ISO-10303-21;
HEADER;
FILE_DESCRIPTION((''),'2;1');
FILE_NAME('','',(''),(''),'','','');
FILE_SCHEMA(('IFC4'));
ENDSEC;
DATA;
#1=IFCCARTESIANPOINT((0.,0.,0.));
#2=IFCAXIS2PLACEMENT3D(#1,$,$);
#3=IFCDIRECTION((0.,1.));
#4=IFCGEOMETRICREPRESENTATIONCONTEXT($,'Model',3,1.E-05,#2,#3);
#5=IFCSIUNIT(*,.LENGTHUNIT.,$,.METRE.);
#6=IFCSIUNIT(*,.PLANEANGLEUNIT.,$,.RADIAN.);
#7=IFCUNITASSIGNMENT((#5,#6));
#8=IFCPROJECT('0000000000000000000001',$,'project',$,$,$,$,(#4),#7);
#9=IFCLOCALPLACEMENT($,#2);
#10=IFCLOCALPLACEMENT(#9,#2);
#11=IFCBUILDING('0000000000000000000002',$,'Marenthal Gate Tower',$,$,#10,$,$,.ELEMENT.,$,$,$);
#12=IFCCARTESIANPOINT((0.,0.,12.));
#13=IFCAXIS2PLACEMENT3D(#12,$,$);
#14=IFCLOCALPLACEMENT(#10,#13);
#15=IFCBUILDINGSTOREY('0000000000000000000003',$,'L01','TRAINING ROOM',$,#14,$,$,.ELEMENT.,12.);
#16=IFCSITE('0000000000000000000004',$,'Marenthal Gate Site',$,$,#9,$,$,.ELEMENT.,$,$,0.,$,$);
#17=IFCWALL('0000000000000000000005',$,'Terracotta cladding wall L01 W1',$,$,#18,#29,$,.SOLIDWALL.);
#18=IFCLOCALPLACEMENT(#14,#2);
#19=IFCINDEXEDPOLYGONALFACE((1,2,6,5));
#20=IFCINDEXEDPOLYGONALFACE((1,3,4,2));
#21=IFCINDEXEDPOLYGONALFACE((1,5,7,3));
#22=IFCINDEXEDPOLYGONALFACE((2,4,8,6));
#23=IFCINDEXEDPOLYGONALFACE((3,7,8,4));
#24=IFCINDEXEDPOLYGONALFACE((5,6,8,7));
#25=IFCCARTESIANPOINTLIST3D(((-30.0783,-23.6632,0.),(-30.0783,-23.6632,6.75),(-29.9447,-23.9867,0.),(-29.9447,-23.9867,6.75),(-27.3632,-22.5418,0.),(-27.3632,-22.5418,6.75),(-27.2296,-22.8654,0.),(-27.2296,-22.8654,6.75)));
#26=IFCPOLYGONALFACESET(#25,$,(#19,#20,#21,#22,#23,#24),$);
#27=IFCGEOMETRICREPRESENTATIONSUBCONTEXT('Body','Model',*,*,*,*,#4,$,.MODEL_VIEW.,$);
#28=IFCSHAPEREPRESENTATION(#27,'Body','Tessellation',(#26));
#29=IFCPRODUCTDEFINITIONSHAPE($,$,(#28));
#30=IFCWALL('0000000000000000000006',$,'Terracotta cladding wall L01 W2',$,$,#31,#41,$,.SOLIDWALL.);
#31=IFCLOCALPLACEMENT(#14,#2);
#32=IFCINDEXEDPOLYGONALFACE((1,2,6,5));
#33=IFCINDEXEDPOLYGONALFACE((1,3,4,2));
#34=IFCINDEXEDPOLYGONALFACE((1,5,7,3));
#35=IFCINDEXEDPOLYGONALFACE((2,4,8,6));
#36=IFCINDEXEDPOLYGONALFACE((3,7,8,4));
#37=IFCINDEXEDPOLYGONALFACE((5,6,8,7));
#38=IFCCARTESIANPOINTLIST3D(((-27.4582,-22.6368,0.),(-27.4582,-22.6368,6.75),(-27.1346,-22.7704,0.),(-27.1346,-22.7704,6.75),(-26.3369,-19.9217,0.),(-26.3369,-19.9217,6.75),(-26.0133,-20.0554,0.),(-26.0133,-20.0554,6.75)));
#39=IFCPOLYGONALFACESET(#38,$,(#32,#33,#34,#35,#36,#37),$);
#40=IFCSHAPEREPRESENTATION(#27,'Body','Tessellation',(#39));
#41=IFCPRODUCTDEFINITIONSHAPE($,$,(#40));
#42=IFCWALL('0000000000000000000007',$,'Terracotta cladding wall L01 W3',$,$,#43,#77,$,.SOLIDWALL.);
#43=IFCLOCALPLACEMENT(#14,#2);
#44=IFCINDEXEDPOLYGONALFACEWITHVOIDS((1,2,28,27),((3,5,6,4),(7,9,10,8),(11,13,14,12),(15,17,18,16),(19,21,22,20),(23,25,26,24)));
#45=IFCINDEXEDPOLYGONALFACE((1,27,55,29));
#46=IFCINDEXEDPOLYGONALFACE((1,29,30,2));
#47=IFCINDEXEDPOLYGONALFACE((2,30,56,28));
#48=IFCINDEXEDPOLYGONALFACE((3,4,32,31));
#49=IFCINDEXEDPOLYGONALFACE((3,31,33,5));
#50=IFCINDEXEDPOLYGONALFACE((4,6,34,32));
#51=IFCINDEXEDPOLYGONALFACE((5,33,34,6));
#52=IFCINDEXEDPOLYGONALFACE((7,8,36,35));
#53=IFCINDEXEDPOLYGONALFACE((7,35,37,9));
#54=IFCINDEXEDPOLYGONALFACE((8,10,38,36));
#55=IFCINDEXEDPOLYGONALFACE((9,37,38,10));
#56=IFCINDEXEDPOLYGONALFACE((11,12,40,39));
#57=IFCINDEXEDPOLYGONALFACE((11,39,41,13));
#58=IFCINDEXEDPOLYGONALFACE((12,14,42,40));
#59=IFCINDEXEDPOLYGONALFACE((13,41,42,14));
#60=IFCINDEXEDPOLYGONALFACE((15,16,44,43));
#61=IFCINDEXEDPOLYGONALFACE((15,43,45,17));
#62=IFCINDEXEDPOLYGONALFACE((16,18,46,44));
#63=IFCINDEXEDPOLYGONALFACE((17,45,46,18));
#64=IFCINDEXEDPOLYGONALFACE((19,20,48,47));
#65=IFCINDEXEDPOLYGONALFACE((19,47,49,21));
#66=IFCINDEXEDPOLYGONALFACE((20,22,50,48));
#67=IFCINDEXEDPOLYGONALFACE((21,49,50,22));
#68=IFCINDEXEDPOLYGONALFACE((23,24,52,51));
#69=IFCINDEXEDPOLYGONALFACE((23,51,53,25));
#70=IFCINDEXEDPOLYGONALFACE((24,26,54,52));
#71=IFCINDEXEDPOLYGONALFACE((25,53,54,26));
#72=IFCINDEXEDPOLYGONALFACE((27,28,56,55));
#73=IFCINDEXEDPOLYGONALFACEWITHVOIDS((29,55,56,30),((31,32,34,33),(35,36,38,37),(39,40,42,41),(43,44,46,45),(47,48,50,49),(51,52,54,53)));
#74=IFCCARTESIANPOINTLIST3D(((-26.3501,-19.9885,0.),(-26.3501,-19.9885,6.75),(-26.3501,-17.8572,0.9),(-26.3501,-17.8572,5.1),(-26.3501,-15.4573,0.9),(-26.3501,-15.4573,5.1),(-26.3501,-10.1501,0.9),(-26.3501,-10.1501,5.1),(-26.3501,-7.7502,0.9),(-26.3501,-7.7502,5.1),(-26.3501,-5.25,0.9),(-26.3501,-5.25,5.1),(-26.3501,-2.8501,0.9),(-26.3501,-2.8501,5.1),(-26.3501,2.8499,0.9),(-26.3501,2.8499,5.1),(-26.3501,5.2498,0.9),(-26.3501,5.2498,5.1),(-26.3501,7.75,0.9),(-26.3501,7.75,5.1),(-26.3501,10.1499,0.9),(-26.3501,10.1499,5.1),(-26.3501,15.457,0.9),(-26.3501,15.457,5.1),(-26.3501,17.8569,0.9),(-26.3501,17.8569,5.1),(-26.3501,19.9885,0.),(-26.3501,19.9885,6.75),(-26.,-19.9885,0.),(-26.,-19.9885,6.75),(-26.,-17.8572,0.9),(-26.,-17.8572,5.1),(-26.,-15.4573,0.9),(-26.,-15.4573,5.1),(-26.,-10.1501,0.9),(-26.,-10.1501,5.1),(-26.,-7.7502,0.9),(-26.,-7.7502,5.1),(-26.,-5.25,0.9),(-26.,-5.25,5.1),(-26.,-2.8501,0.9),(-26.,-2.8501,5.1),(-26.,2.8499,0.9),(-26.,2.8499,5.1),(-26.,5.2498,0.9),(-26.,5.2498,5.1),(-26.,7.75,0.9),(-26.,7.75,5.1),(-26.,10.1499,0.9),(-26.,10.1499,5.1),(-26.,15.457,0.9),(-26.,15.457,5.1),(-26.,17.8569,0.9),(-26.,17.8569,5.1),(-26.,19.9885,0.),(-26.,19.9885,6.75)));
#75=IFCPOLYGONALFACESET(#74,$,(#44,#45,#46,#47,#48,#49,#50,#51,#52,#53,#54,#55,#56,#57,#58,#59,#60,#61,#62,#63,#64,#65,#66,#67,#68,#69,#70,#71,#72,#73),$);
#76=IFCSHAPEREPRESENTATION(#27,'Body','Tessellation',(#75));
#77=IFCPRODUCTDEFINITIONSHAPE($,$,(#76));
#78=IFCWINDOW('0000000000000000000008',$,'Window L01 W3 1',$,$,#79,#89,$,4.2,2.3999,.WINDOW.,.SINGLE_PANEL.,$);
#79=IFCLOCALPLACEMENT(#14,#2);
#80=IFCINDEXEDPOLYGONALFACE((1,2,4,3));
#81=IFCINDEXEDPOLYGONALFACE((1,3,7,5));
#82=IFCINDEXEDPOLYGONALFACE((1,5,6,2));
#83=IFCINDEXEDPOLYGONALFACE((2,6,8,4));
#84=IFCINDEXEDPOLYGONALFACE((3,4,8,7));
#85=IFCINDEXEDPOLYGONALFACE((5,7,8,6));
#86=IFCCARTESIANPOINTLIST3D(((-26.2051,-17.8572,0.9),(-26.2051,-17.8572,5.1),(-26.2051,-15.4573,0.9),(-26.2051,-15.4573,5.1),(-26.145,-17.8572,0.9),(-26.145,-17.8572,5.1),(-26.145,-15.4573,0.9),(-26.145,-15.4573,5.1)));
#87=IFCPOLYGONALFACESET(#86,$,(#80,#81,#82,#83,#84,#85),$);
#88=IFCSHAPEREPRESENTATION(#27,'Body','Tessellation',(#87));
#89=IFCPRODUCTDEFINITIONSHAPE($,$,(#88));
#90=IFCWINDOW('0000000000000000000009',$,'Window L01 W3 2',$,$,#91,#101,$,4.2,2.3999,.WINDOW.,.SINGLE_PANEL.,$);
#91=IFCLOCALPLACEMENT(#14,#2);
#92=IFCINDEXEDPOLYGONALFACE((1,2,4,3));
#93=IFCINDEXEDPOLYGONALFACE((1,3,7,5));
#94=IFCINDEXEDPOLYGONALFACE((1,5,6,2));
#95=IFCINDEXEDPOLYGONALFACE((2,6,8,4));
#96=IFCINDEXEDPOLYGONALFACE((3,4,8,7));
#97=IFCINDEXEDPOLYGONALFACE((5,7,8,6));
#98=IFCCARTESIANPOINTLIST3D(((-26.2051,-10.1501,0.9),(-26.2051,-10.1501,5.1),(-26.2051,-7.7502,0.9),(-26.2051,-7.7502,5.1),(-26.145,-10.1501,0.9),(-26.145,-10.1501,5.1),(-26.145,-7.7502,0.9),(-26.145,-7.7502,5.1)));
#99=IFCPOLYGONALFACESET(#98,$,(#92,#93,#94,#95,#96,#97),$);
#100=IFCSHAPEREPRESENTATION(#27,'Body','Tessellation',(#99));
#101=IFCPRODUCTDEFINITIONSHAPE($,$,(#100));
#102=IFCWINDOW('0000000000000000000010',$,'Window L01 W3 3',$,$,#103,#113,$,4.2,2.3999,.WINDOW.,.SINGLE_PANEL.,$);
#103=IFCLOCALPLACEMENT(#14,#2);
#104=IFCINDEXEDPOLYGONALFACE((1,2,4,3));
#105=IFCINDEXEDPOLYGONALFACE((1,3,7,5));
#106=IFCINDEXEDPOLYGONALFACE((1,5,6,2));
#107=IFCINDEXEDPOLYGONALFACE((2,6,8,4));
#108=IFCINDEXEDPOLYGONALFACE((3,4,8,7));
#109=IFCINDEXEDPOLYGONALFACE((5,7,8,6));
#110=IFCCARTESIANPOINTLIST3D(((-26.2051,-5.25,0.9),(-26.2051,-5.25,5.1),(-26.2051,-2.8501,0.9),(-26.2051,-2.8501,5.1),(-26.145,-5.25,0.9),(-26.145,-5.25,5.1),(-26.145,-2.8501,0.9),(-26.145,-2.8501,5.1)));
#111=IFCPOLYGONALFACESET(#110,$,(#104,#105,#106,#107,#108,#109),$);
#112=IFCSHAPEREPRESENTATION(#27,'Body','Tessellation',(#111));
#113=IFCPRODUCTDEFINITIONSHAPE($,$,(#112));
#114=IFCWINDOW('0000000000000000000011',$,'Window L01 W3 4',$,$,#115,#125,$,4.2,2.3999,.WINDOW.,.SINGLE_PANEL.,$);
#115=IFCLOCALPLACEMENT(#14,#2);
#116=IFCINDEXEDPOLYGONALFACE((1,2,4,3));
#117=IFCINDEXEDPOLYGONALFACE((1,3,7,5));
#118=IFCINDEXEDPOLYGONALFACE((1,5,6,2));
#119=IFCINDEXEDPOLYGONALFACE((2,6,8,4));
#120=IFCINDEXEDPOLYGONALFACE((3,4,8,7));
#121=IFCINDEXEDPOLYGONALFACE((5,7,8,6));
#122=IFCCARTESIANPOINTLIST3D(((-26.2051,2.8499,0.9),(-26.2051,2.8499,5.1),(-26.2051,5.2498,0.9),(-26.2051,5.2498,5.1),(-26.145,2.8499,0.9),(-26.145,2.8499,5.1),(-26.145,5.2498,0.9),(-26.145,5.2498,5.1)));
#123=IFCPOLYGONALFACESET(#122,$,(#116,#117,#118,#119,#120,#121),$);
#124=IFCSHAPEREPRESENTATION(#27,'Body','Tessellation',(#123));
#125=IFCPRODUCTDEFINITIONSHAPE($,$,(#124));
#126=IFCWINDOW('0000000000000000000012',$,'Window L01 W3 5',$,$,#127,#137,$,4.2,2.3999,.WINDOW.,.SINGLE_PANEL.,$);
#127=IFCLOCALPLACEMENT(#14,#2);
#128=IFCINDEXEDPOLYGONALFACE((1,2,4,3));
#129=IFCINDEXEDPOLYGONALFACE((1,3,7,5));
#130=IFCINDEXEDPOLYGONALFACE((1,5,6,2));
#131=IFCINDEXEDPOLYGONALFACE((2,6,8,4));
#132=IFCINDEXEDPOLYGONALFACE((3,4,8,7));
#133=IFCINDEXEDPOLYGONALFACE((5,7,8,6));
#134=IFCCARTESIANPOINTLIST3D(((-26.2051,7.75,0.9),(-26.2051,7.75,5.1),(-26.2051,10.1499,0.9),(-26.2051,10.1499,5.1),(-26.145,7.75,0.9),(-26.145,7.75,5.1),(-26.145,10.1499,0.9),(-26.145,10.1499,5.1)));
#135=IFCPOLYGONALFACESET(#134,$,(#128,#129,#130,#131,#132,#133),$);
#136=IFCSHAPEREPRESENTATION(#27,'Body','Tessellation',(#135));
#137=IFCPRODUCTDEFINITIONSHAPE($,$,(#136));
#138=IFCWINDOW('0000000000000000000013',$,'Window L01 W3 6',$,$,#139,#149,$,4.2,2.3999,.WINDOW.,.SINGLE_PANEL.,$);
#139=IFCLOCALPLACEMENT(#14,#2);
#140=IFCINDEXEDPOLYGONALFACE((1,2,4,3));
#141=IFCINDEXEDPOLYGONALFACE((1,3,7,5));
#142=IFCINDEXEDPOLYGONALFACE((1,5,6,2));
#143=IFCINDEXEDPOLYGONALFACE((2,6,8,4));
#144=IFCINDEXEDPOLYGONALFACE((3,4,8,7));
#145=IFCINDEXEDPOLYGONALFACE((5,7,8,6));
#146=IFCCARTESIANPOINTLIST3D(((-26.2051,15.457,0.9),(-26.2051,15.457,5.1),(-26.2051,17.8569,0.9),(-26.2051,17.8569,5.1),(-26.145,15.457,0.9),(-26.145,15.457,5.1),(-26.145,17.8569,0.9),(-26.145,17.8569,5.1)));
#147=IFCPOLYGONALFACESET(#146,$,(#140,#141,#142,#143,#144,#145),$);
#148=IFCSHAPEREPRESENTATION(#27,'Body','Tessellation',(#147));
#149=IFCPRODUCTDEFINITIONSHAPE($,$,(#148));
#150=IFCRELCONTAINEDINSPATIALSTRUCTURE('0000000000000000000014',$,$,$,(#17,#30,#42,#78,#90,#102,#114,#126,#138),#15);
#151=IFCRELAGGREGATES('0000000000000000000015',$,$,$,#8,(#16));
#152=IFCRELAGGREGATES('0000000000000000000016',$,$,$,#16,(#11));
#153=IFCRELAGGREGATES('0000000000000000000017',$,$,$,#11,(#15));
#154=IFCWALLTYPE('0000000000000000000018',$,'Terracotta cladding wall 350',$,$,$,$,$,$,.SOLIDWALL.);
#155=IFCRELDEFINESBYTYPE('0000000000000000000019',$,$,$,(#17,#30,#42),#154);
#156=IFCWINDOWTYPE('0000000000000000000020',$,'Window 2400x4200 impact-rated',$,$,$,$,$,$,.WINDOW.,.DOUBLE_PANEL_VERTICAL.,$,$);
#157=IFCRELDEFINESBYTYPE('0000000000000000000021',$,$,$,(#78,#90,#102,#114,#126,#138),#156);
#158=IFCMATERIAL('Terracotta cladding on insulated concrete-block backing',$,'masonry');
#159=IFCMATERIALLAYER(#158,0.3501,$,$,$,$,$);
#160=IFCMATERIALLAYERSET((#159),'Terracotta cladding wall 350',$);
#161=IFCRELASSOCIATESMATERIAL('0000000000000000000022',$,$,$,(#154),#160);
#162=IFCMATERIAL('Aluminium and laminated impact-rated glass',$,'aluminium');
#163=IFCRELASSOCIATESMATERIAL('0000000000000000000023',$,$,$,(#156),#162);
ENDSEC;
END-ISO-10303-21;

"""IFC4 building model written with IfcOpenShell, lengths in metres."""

from ifc_helpers import new_model, si_unit, direction, frame, frame_2d, origin, place, context, subcontext, project, spatial, rectangle, extrude, material, layer, layer_set, type_object, element, fill, save


model = new_model("IFC4")

# Units and contexts
model_context = context("Model", 3, precision=1e-05, world=origin(), true_north=direction((0.0, 1.0)))
body_context = subcontext(model_context, "Body", "Model", "MODEL_VIEW")
ifc_project = project(units=[si_unit("LENGTHUNIT", "METRE"), si_unit("PLANEANGLEUNIT", "RADIAN")], contexts=[model_context])

# Site, building, storey
site_placement = place(None, origin())
site = spatial("IfcSite", under=ifc_project, at=site_placement, Name="Marenthal Gate Site", CompositionType="ELEMENT", RefElevation=0.0)
building_placement = place(site_placement, origin())
building = spatial("IfcBuilding", under=site, at=building_placement, Name="Marenthal Gate Tower", CompositionType="ELEMENT")
storey_placement = place(building_placement, frame((0.0, 0.0, 12.0)))
storey = spatial("IfcBuildingStorey", under=building, at=storey_placement, Name="L01", Description="TRAINING ROOM", CompositionType="ELEMENT", Elevation=12.0)

# Walls
ifc_material_1 = material(Name="Terracotta cladding on insulated concrete-block backing", Category="masonry")
ifc_layer_1 = layer(ifc_material_1, 0.3501)
ifc_layer_set_1 = layer_set([ifc_layer_1], Name="Terracotta cladding wall 350")
wall_type_1 = type_object("IfcWallType", Name="Terracotta cladding wall 350", PredefinedType="SOLIDWALL", material=ifc_layer_set_1)
for number, where, z_axis, x_axis, name in (
    (1, (-30.0115, -23.825, 0.0), (0.0, 0.0, 1.0), (0.924275, 0.381728, 0.0), "Terracotta cladding wall L01 W1"),
    (2, (-27.2964, -22.7036, 0.0), (0.0, 0.0, 1.0), (0.381728, 0.924275, 0.0), "Terracotta cladding wall L01 W2"),
):
    element("IfcWall", number, at=place(storey_placement, frame(where, z_axis=z_axis, x_axis=x_axis)), inside=storey, type_object=wall_type_1, Name=name, PredefinedType="SOLIDWALL", context=body_context, shape_type="SweptSolid", body=[
        extrude(rectangle(XDim=2.9375, YDim=0.3501, at=frame_2d((1.4688, 0.0))), origin(), (0.0, 0.0, 1.0), 6.75),
    ])

# Wall, openings, windows
wall_1_placement = place(storey_placement, frame((-26.175, -19.9885, 0.0), z_axis=(0.0, 0.0, 1.0), x_axis=(0.0, 1.0, 0.0)))
wall_1 = element("IfcWall", 3, at=wall_1_placement, inside=storey, type_object=wall_type_1, Name="Terracotta cladding wall L01 W3", PredefinedType="SOLIDWALL", context=body_context, shape_type="SweptSolid", body=[
    extrude(rectangle(XDim=39.9771, YDim=0.3501, at=frame_2d((19.9885, 0.0))), origin(), (0.0, 0.0, 1.0), 6.75),
])
opening_1_placement = place(wall_1_placement, frame((2.1313, 0.0, 0.8999)))
opening_1 = element("IfcOpeningElement", 4, at=opening_1_placement, cuts=wall_1, PredefinedType="OPENING", context=body_context, shape_type="SweptSolid", body=[
    extrude(rectangle(XDim=2.3999, YDim=4.2, at=frame_2d((1.2, 2.1001))), frame((0.0, 0.1851, 0.0), z_axis=(0.0, -1.0, 0.0), x_axis=(1.0, 0.0, 0.0)), (0.0, 0.0, 1.0), 0.3701),
])
opening_2_placement = place(wall_1_placement, frame((9.8384, 0.0, 0.8999)))
opening_2 = element("IfcOpeningElement", 5, at=opening_2_placement, cuts=wall_1, PredefinedType="OPENING", context=body_context, shape_type="SweptSolid", body=[
    extrude(rectangle(XDim=2.3999, YDim=4.2, at=frame_2d((1.2, 2.1001))), frame((0.0, 0.1851, 0.0), z_axis=(0.0, -1.0, 0.0), x_axis=(1.0, 0.0, 0.0)), (0.0, 0.0, 1.0), 0.3701),
])
opening_3_placement = place(wall_1_placement, frame((14.7385, 0.0, 0.8999)))
opening_3 = element("IfcOpeningElement", 6, at=opening_3_placement, cuts=wall_1, PredefinedType="OPENING", context=body_context, shape_type="SweptSolid", body=[
    extrude(rectangle(XDim=2.3999, YDim=4.2, at=frame_2d((1.2, 2.1001))), frame((0.0, 0.1851, 0.0), z_axis=(0.0, -1.0, 0.0), x_axis=(1.0, 0.0, 0.0)), (0.0, 0.0, 1.0), 0.3701),
])
opening_4_placement = place(wall_1_placement, frame((22.8384, 0.0, 0.8999)))
opening_4 = element("IfcOpeningElement", 7, at=opening_4_placement, cuts=wall_1, PredefinedType="OPENING", context=body_context, shape_type="SweptSolid", body=[
    extrude(rectangle(XDim=2.3999, YDim=4.2, at=frame_2d((1.2, 2.1001))), frame((0.0, 0.1851, 0.0), z_axis=(0.0, -1.0, 0.0), x_axis=(1.0, 0.0, 0.0)), (0.0, 0.0, 1.0), 0.3701),
])
opening_5_placement = place(wall_1_placement, frame((27.7385, 0.0, 0.8999)))
opening_5 = element("IfcOpeningElement", 8, at=opening_5_placement, cuts=wall_1, PredefinedType="OPENING", context=body_context, shape_type="SweptSolid", body=[
    extrude(rectangle(XDim=2.3999, YDim=4.2, at=frame_2d((1.2, 2.1001))), frame((0.0, 0.1851, 0.0), z_axis=(0.0, -1.0, 0.0), x_axis=(1.0, 0.0, 0.0)), (0.0, 0.0, 1.0), 0.3701),
])
opening_6_placement = place(wall_1_placement, frame((35.4456, 0.0, 0.8999)))
opening_6 = element("IfcOpeningElement", 9, at=opening_6_placement, cuts=wall_1, PredefinedType="OPENING", context=body_context, shape_type="SweptSolid", body=[
    extrude(rectangle(XDim=2.3999, YDim=4.2, at=frame_2d((1.2, 2.1001))), frame((0.0, 0.1851, 0.0), z_axis=(0.0, -1.0, 0.0), x_axis=(1.0, 0.0, 0.0)), (0.0, 0.0, 1.0), 0.3701),
])
ifc_material_2 = material(Name="Aluminium and laminated impact-rated glass", Category="aluminium")
window_type = type_object("IfcWindowType", Name="Window 2400x4200 impact-rated", PartitioningType="DOUBLE_PANEL_VERTICAL", PredefinedType="WINDOW", material=ifc_material_2)
window_1_placement = place(opening_1_placement, origin())
window_1 = element("IfcWindow", 10, at=window_1_placement, inside=storey, type_object=window_type, Name="Window L01 W3 1", OverallHeight=4.2, OverallWidth=2.3999, PartitioningType="SINGLE_PANEL", PredefinedType="WINDOW", context=body_context, shape_type="SweptSolid", body=[
    extrude(rectangle(XDim=2.3999, YDim=4.2, at=frame_2d((1.2, 2.1001))), frame((0.0, 0.03, 0.0), z_axis=(0.0, -1.0, 0.0), x_axis=(1.0, 0.0, 0.0)), (0.0, 0.0, 1.0), 0.0601),
])
fill(opening_1, window_1)
window_2_placement = place(opening_2_placement, origin())
window_2 = element("IfcWindow", 11, at=window_2_placement, inside=storey, type_object=window_type, Name="Window L01 W3 2", OverallHeight=4.2, OverallWidth=2.3999, PartitioningType="SINGLE_PANEL", PredefinedType="WINDOW", context=body_context, shape_type="SweptSolid", body=[
    extrude(rectangle(XDim=2.3999, YDim=4.2, at=frame_2d((1.2, 2.1001))), frame((0.0, 0.03, 0.0), z_axis=(0.0, -1.0, 0.0), x_axis=(1.0, 0.0, 0.0)), (0.0, 0.0, 1.0), 0.0601),
])
fill(opening_2, window_2)
window_3_placement = place(opening_3_placement, origin())
window_3 = element("IfcWindow", 12, at=window_3_placement, inside=storey, type_object=window_type, Name="Window L01 W3 3", OverallHeight=4.2, OverallWidth=2.3999, PartitioningType="SINGLE_PANEL", PredefinedType="WINDOW", context=body_context, shape_type="SweptSolid", body=[
    extrude(rectangle(XDim=2.3999, YDim=4.2, at=frame_2d((1.2, 2.1001))), frame((0.0, 0.03, 0.0), z_axis=(0.0, -1.0, 0.0), x_axis=(1.0, 0.0, 0.0)), (0.0, 0.0, 1.0), 0.0601),
])
fill(opening_3, window_3)
window_4_placement = place(opening_4_placement, origin())
window_4 = element("IfcWindow", 13, at=window_4_placement, inside=storey, type_object=window_type, Name="Window L01 W3 4", OverallHeight=4.2, OverallWidth=2.3999, PartitioningType="SINGLE_PANEL", PredefinedType="WINDOW", context=body_context, shape_type="SweptSolid", body=[
    extrude(rectangle(XDim=2.3999, YDim=4.2, at=frame_2d((1.2, 2.1001))), frame((0.0, 0.03, 0.0), z_axis=(0.0, -1.0, 0.0), x_axis=(1.0, 0.0, 0.0)), (0.0, 0.0, 1.0), 0.0601),
])
fill(opening_4, window_4)
window_5_placement = place(opening_5_placement, origin())
window_5 = element("IfcWindow", 14, at=window_5_placement, inside=storey, type_object=window_type, Name="Window L01 W3 5", OverallHeight=4.2, OverallWidth=2.3999, PartitioningType="SINGLE_PANEL", PredefinedType="WINDOW", context=body_context, shape_type="SweptSolid", body=[
    extrude(rectangle(XDim=2.3999, YDim=4.2, at=frame_2d((1.2, 2.1001))), frame((0.0, 0.03, 0.0), z_axis=(0.0, -1.0, 0.0), x_axis=(1.0, 0.0, 0.0)), (0.0, 0.0, 1.0), 0.0601),
])
fill(opening_5, window_5)
window_6_placement = place(opening_6_placement, origin())
window_6 = element("IfcWindow", 15, at=window_6_placement, inside=storey, type_object=window_type, Name="Window L01 W3 6", OverallHeight=4.2, OverallWidth=2.3999, PartitioningType="SINGLE_PANEL", PredefinedType="WINDOW", context=body_context, shape_type="SweptSolid", body=[
    extrude(rectangle(XDim=2.3999, YDim=4.2, at=frame_2d((1.2, 2.1001))), frame((0.0, 0.03, 0.0), z_axis=(0.0, -1.0, 0.0), x_axis=(1.0, 0.0, 0.0)), (0.0, 0.0, 1.0), 0.0601),
])
fill(opening_6, window_6)

save(model, "model.ifc")
